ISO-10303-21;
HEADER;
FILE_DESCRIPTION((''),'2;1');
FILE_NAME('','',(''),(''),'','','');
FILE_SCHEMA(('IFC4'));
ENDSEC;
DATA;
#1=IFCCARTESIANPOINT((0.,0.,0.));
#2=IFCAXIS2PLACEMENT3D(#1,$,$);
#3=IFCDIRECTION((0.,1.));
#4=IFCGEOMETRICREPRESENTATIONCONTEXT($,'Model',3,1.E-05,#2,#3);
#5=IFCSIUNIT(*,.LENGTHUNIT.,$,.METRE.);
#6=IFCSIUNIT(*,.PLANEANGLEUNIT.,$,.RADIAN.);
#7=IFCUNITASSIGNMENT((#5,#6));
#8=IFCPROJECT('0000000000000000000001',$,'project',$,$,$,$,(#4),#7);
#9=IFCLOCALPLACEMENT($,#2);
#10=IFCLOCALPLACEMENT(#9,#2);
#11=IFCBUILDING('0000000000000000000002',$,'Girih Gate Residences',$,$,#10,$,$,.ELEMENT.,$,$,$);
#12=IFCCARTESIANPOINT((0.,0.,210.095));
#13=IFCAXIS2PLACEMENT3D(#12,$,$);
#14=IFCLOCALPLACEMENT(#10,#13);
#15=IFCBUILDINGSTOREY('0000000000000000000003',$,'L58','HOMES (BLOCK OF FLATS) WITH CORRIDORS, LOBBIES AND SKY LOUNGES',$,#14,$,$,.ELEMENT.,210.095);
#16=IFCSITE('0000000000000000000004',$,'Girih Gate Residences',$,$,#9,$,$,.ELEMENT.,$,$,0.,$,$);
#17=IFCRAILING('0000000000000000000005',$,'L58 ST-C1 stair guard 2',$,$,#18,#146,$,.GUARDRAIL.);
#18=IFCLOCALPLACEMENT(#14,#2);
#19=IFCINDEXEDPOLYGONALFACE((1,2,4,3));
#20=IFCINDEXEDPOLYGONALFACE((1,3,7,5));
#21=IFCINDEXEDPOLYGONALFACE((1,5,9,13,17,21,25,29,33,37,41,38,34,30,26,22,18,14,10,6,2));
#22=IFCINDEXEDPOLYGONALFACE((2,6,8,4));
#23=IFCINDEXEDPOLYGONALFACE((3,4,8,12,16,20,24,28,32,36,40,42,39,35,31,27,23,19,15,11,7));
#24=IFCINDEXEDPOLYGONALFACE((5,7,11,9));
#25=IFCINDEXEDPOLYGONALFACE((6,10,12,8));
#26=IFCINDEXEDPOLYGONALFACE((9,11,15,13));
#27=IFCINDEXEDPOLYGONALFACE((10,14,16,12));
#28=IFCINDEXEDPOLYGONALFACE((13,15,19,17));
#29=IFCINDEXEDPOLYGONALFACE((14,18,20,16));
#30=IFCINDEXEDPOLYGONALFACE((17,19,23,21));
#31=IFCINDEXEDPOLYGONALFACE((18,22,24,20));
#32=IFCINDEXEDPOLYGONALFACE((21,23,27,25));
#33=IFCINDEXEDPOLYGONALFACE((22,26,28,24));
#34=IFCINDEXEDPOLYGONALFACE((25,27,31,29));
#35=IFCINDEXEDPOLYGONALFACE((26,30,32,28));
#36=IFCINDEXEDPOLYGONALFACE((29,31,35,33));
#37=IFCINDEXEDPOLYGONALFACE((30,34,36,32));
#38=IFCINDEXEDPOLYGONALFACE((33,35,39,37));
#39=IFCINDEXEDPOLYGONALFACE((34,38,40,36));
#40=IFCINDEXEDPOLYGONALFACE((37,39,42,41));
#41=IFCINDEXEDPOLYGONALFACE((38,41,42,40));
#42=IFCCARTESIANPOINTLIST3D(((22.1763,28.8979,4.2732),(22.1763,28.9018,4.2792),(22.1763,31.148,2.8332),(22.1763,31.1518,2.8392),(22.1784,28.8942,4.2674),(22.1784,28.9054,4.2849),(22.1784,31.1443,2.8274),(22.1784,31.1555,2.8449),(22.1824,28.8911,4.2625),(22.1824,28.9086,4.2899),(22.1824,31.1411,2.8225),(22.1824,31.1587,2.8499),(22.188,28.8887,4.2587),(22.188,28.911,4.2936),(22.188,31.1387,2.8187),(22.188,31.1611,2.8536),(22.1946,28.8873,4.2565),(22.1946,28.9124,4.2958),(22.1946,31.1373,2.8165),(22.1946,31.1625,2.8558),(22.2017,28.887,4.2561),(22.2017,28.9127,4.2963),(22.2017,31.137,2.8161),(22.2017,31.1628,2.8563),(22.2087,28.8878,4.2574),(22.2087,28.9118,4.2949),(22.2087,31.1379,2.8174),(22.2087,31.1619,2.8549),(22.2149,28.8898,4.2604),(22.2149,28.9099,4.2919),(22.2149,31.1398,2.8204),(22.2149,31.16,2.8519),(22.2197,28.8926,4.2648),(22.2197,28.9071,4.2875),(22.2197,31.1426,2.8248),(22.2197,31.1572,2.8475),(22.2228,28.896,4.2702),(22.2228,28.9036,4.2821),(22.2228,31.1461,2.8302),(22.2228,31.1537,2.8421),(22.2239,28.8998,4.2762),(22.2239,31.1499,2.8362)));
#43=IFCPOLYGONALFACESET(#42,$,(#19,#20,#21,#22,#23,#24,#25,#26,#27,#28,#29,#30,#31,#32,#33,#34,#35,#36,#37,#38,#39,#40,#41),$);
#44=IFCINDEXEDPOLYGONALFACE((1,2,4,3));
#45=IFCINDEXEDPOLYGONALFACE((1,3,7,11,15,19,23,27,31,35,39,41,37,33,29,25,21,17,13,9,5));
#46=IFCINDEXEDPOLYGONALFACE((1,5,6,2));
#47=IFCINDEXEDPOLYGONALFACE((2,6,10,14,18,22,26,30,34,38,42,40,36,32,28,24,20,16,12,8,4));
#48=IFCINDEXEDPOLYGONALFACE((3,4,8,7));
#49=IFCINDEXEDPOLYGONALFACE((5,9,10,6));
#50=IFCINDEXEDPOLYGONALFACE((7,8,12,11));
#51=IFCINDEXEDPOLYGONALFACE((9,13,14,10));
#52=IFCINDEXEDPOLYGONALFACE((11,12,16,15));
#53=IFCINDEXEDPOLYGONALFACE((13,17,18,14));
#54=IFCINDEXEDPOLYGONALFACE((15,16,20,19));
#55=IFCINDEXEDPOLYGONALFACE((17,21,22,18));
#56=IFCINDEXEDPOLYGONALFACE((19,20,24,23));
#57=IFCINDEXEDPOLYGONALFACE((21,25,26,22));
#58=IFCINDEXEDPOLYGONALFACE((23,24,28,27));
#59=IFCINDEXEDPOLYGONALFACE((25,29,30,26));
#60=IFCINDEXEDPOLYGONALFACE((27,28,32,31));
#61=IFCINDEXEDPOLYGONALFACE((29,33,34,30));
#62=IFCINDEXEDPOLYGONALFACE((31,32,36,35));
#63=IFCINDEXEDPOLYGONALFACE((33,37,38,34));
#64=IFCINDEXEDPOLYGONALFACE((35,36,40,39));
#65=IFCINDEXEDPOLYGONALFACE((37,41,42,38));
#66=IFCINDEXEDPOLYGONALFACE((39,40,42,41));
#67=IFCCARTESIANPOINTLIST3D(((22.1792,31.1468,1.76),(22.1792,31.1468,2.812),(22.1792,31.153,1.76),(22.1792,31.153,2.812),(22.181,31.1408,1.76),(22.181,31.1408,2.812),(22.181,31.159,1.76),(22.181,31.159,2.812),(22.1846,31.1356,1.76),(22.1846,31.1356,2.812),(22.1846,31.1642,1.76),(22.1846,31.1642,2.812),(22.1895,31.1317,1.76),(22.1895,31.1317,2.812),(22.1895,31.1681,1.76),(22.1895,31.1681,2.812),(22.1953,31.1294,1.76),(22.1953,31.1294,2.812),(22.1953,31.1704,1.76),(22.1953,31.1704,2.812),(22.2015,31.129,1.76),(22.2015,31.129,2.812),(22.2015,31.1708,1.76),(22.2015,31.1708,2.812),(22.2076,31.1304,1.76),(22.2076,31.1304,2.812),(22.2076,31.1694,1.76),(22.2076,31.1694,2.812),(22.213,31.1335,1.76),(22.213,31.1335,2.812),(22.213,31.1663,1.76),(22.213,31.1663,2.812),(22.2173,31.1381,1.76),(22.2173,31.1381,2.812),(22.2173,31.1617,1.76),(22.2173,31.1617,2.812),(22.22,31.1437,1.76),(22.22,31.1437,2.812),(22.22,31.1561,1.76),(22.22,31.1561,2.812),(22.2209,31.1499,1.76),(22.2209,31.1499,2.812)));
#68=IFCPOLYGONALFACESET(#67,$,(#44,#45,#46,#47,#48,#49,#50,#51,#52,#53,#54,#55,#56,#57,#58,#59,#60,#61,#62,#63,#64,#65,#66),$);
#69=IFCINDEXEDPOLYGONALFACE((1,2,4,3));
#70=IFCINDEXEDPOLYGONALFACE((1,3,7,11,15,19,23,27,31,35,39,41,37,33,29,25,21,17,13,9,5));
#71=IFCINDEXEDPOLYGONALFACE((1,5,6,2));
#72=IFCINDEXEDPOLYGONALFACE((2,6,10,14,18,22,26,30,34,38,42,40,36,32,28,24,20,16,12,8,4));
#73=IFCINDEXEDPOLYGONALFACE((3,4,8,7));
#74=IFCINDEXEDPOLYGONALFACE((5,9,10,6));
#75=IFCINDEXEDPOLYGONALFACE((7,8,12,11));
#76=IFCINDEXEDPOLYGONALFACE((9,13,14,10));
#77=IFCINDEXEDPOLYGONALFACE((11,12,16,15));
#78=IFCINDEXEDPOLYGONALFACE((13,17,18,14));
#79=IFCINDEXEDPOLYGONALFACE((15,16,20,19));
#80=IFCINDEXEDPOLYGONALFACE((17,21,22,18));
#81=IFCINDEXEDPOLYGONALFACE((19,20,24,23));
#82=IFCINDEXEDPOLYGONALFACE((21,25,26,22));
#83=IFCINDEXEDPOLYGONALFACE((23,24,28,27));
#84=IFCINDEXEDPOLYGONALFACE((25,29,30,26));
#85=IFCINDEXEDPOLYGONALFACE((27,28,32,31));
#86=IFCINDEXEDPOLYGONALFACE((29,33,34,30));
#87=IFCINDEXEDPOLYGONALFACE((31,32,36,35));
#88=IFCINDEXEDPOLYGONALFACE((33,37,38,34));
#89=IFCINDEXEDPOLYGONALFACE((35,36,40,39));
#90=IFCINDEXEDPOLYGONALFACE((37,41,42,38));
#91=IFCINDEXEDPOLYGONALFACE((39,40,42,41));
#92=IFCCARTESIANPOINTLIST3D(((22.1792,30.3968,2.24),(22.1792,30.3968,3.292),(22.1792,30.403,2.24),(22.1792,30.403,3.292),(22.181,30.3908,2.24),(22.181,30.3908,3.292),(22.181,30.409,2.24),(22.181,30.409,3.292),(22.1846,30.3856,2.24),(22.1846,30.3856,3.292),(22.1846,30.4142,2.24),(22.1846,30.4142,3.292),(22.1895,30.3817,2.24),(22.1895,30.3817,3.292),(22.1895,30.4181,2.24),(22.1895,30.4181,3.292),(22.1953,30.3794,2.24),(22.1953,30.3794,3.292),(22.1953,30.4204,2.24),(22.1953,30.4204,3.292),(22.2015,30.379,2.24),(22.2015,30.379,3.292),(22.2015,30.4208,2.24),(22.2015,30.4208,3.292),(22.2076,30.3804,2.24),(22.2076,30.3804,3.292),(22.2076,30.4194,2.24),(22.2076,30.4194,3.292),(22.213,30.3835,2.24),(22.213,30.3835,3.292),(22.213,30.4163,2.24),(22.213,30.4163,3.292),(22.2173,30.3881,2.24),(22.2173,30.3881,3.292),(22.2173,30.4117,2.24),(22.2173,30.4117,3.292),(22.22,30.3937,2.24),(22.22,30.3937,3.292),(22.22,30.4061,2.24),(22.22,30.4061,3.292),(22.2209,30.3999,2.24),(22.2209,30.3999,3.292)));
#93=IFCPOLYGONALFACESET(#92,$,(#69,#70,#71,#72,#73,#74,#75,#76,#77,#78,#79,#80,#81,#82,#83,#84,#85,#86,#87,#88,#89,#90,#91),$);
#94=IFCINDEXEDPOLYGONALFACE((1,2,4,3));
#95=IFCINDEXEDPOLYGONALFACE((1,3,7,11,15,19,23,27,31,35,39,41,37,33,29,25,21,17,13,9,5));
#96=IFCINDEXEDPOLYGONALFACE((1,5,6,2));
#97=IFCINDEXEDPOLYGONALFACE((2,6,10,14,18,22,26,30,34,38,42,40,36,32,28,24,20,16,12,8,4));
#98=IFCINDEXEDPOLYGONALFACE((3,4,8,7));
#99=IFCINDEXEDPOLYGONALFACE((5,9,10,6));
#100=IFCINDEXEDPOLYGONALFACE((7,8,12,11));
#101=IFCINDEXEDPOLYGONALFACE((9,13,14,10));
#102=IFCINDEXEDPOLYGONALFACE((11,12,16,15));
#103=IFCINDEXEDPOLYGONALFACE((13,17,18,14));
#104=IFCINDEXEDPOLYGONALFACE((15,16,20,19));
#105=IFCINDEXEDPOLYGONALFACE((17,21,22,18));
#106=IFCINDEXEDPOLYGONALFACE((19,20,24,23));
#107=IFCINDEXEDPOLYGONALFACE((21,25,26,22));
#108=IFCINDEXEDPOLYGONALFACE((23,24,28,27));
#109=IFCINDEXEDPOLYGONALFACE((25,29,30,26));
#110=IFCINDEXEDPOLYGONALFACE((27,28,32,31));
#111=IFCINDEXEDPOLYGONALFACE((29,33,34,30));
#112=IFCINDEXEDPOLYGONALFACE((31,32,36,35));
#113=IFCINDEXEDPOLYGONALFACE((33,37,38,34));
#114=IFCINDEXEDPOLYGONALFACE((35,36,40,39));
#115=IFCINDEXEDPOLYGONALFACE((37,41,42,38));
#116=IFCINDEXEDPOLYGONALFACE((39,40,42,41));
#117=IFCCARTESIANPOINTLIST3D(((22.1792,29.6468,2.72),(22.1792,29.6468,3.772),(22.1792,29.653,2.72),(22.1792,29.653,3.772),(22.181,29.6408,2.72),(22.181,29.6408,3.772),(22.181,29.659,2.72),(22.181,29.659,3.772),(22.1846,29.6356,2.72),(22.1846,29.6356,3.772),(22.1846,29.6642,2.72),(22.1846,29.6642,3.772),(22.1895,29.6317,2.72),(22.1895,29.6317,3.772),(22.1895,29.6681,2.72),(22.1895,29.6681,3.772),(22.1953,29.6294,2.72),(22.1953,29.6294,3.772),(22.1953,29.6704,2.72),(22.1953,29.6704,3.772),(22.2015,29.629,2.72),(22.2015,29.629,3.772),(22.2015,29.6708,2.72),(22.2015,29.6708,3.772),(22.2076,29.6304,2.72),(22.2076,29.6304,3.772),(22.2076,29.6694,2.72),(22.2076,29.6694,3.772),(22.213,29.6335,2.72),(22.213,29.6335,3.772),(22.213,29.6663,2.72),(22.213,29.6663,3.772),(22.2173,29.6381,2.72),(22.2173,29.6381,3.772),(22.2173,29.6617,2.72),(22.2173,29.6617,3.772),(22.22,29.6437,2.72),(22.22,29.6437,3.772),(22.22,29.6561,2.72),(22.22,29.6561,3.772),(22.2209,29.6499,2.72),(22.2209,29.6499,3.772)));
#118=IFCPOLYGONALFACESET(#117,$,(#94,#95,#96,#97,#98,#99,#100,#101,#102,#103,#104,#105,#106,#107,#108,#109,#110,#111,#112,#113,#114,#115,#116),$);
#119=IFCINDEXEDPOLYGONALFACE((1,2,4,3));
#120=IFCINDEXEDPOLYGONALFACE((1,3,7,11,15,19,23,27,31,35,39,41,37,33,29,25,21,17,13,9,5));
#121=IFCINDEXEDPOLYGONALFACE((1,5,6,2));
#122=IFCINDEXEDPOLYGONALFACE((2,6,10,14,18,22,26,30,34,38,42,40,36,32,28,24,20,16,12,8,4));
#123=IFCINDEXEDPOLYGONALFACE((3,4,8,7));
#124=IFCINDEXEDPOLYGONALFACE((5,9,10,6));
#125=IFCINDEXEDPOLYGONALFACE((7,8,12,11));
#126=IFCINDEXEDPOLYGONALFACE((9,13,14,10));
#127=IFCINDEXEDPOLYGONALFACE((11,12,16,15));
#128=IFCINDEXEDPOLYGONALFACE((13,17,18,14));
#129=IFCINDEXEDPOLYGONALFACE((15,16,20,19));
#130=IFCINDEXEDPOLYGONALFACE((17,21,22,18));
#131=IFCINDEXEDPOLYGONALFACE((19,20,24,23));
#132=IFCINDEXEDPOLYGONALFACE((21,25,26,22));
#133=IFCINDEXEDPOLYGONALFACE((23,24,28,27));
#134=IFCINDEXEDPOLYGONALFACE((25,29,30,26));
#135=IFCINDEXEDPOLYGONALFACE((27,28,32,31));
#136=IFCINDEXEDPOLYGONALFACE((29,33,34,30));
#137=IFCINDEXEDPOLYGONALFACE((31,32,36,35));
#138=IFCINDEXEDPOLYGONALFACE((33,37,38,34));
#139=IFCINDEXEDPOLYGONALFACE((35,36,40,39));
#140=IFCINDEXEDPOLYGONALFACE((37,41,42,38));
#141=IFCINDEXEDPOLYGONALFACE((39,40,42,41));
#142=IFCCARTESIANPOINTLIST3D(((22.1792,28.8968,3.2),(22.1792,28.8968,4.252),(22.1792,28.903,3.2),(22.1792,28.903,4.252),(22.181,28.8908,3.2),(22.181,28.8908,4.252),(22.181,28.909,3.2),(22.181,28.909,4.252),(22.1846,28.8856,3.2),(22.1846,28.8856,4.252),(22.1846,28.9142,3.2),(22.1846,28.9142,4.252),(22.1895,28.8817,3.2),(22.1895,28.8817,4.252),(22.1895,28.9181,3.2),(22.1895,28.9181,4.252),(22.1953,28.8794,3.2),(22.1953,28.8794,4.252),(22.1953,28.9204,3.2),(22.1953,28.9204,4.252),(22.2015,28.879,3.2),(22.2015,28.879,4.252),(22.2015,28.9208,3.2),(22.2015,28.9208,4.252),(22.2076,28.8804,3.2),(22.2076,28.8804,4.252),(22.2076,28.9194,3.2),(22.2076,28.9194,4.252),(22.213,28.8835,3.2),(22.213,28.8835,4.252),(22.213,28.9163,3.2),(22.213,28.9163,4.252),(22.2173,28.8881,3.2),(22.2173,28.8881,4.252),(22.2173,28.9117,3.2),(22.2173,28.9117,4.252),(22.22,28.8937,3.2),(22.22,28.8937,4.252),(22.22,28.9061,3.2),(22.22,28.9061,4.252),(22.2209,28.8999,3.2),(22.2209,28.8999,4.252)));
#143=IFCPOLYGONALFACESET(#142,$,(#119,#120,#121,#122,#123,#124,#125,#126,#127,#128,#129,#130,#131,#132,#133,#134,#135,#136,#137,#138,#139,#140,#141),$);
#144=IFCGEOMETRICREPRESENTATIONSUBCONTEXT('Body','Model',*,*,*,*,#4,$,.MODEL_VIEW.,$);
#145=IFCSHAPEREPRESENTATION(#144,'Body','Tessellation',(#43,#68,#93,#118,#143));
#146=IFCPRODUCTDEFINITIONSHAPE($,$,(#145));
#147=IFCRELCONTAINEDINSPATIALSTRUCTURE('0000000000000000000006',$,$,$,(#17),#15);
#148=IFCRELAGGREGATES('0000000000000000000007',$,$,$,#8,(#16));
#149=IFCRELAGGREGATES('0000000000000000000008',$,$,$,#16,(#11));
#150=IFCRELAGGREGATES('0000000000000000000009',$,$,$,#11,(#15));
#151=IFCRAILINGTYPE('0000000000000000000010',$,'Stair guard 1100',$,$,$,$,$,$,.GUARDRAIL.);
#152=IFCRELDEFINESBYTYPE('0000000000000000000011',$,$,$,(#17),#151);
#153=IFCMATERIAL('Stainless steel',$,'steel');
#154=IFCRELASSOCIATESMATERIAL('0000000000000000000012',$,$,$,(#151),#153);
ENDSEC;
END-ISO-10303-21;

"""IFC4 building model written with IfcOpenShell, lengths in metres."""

from ifc_helpers import new_model, si_unit, direction, frame, origin, origin_2d, place, context, subcontext, project, spatial, circle, extrude, material, type_object, element, save


model = new_model("IFC4")

# Units and contexts
model_context = context("Model", 3, precision=1e-05, world=origin(), true_north=direction((0.0, 1.0)))
body_context = subcontext(model_context, "Body", "Model", "MODEL_VIEW")
ifc_project = project(units=[si_unit("LENGTHUNIT", "METRE"), si_unit("PLANEANGLEUNIT", "RADIAN")], contexts=[model_context])

# Site, building, storey
site_placement = place(None, origin())
site = spatial("IfcSite", under=ifc_project, at=site_placement, Name="Girih Gate Residences", CompositionType="ELEMENT", RefElevation=0.0)
building_placement = place(site_placement, origin())
building = spatial("IfcBuilding", under=site, at=building_placement, Name="Girih Gate Residences", CompositionType="ELEMENT")
storey_placement = place(building_placement, frame((0.0, 0.0, 210.095)))
storey = spatial("IfcBuildingStorey", under=building, at=storey_placement, Name="L58", Description="HOMES (BLOCK OF FLATS) WITH CORRIDORS, LOBBIES AND SKY LOUNGES", CompositionType="ELEMENT", Elevation=210.095)

# Railing
ifc_material_1 = material(Name="Stainless steel", Category="steel")
railing_type_1 = type_object("IfcRailingType", Name="Stair guard 1100", PredefinedType="GUARDRAIL", material=ifc_material_1)
railing_1_placement = place(storey_placement, frame((22.2, 31.1499, 1.76)))
element("IfcRailing", 1, at=railing_1_placement, inside=storey, type_object=railing_type_1, Name="L58 ST-C1 stair guard 2", PredefinedType="GUARDRAIL", context=body_context, shape_type="SweptSolid", body=[
    extrude(circle(Radius=0.0239, at=origin_2d()), frame((0.0, 0.0, 1.0762), z_axis=(0.0, -0.842281, 0.539038), x_axis=(1.0, 0.0, 0.0)), (0.0, 0.0, 1.0), 2.6714),
    extrude(circle(Radius=0.021, at=origin_2d()), origin(), (0.0, 0.0, 1.0), 1.052),
    extrude(circle(Radius=0.021, at=origin_2d()), frame((0.0, -0.75, 0.48)), (0.0, 0.0, 1.0), 1.052),
    extrude(circle(Radius=0.021, at=origin_2d()), frame((0.0, -1.5, 0.96)), (0.0, 0.0, 1.0), 1.052),
    extrude(circle(Radius=0.021, at=origin_2d()), frame((0.0, -2.25, 1.4399)), (0.0, 0.0, 1.0), 1.052),
])

save(model, "model.ifc")
